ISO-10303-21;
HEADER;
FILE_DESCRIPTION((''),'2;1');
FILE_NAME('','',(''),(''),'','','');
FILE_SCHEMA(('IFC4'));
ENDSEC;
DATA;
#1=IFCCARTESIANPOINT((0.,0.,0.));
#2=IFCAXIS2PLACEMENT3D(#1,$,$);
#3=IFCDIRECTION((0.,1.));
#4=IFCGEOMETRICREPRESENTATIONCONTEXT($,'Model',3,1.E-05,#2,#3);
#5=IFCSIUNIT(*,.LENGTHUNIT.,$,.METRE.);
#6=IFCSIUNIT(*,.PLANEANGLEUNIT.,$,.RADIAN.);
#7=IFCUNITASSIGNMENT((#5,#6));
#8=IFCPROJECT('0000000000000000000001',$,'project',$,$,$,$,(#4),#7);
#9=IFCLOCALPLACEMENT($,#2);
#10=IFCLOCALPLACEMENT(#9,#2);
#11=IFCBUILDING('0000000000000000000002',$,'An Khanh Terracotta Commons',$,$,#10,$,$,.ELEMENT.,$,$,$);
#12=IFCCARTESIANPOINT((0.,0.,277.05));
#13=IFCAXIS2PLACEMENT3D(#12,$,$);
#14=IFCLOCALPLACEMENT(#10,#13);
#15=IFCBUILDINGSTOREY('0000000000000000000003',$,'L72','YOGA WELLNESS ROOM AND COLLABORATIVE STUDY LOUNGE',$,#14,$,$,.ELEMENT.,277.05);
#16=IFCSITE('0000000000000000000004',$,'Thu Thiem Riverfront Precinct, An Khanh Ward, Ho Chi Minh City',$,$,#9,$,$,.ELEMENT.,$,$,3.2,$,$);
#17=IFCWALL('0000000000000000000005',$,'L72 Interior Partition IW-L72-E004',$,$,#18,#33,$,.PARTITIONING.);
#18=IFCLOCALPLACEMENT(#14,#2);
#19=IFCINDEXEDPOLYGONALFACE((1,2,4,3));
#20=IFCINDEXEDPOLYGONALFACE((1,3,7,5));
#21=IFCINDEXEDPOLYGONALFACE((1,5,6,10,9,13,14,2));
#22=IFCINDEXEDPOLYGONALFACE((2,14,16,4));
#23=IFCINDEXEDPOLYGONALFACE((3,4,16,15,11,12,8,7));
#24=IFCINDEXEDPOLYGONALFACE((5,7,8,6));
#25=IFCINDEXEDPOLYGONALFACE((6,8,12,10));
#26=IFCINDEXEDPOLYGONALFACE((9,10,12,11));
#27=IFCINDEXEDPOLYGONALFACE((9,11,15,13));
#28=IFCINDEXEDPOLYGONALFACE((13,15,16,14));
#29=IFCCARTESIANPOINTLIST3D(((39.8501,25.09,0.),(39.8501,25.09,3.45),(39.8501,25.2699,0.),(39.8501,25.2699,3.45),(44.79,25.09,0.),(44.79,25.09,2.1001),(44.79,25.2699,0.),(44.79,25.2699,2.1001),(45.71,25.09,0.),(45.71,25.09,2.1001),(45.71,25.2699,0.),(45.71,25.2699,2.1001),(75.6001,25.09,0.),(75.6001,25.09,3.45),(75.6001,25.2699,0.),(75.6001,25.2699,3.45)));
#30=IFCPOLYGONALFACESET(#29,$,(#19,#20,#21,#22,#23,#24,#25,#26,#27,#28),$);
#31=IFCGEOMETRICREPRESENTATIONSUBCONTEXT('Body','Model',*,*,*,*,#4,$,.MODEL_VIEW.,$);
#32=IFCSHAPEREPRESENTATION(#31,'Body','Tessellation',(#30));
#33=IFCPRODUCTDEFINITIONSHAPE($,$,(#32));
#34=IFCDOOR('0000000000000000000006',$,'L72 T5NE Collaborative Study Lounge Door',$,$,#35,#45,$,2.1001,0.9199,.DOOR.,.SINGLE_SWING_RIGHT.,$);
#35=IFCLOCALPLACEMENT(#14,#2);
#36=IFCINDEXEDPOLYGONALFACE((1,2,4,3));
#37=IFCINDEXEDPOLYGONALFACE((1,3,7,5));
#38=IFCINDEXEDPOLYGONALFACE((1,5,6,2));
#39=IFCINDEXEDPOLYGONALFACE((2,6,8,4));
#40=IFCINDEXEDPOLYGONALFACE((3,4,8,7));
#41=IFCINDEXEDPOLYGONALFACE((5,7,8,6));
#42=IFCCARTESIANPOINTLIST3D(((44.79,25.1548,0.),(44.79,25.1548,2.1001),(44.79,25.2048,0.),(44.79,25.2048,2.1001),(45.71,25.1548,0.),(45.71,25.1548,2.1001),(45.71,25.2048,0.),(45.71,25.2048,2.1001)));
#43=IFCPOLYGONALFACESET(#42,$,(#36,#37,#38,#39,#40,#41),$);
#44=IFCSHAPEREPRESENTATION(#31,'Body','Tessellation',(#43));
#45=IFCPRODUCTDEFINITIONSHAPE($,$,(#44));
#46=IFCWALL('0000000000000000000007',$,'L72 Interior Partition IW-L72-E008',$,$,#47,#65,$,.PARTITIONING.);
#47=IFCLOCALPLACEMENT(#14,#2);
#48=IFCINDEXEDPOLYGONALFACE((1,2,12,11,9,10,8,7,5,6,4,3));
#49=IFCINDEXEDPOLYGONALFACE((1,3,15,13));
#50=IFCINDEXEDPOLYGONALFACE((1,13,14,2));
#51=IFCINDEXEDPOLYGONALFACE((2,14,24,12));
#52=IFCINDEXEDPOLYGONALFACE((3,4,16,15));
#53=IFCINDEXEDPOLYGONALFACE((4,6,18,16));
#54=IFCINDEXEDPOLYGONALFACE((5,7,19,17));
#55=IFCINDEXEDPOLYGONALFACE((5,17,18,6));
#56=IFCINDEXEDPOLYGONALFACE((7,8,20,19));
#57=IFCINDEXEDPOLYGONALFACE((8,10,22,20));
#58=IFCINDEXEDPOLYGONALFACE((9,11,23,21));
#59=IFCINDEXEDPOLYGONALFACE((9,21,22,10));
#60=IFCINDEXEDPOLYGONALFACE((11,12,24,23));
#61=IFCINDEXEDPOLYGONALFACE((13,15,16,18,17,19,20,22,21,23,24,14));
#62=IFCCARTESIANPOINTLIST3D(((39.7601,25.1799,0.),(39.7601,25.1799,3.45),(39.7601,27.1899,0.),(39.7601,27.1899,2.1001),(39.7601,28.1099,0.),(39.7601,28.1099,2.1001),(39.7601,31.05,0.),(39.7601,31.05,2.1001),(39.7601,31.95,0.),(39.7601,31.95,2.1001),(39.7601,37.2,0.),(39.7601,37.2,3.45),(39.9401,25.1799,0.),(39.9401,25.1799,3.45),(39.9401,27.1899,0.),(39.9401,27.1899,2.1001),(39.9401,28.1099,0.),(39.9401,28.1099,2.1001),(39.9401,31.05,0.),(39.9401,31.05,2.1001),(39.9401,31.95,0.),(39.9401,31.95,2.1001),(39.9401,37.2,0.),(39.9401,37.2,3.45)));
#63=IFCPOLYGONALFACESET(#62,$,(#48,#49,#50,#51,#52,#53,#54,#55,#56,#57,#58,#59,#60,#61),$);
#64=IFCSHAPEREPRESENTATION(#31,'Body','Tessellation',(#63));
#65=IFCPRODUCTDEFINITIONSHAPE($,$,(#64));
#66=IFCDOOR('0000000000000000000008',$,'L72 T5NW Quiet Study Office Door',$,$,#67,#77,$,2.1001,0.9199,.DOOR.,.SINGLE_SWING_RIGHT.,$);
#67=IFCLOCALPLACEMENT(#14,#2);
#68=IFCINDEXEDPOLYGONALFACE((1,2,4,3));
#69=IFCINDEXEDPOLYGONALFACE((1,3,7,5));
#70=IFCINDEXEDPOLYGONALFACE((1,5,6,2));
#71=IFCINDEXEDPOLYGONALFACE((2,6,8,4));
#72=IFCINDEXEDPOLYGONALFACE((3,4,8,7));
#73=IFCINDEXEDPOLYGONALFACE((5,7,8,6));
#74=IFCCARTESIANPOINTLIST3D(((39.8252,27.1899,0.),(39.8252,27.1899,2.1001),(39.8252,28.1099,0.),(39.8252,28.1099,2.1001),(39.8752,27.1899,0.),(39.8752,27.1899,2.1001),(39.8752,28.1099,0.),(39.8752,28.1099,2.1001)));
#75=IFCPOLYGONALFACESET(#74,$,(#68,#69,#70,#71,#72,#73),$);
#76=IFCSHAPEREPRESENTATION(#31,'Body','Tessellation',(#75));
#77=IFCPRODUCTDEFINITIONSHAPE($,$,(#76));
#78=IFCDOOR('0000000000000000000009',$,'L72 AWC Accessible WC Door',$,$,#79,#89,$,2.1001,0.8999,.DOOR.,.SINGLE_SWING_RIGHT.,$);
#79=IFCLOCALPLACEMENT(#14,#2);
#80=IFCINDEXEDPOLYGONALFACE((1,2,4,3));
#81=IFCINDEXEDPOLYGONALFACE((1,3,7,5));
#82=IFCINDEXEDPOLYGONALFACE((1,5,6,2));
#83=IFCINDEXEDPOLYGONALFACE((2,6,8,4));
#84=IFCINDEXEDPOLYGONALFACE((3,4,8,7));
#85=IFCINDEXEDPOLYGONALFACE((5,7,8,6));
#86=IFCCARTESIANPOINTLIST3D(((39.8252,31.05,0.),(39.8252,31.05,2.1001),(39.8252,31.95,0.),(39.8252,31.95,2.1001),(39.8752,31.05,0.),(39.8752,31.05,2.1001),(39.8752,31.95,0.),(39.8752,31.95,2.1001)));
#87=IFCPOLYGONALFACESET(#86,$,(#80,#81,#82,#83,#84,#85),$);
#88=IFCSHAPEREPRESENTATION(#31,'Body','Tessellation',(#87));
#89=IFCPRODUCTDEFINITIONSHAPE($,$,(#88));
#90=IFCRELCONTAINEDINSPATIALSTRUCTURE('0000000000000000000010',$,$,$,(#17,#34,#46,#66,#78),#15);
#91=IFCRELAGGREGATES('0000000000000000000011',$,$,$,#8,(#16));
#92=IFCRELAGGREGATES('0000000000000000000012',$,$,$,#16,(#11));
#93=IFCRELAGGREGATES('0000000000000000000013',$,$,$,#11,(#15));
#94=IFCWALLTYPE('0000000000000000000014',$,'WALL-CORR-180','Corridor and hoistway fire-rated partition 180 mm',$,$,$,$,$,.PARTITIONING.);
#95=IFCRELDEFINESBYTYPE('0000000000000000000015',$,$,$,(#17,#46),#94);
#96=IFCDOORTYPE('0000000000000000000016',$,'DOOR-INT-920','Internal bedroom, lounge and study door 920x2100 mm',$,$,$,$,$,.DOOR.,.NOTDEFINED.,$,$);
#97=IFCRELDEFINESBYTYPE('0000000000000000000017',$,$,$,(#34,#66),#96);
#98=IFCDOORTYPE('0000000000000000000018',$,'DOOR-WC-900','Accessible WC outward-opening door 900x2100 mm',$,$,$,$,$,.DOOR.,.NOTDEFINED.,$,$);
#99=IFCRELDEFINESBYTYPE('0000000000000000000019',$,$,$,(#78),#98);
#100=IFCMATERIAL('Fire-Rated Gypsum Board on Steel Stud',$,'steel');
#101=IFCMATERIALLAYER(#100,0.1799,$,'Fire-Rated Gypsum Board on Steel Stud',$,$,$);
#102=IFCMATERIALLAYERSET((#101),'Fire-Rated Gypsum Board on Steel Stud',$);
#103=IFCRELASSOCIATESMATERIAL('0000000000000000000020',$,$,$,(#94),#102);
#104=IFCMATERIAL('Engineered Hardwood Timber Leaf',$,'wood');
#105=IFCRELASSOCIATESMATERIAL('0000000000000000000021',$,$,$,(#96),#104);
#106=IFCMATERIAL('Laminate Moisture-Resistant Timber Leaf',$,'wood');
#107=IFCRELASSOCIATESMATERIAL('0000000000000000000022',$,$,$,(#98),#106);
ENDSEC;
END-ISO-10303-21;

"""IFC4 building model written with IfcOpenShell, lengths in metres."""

from ifc_helpers import new_model, si_unit, direction, frame, frame_2d, origin, place, context, subcontext, project, spatial, rectangle, extrude, material, layer, layer_set, type_object, element, fill, save


model = new_model("IFC4")

# Units and contexts
model_context = context("Model", 3, precision=1e-05, world=origin(), true_north=direction((0.0, 1.0)))
body_context = subcontext(model_context, "Body", "Model", "MODEL_VIEW")
ifc_project = project(units=[si_unit("LENGTHUNIT", "METRE"), si_unit("PLANEANGLEUNIT", "RADIAN")], contexts=[model_context])

# Site, building, storey
site_placement = place(None, origin())
site = spatial("IfcSite", under=ifc_project, at=site_placement, Name="Thu Thiem Riverfront Precinct, An Khanh Ward, Ho Chi Minh City", CompositionType="ELEMENT", RefElevation=3.2)
building_placement = place(site_placement, origin())
building = spatial("IfcBuilding", under=site, at=building_placement, Name="An Khanh Terracotta Commons", CompositionType="ELEMENT")
storey_placement = place(building_placement, frame((0.0, 0.0, 277.05)))
storey = spatial("IfcBuildingStorey", under=building, at=storey_placement, Name="L72", Description="YOGA WELLNESS ROOM AND COLLABORATIVE STUDY LOUNGE", CompositionType="ELEMENT", Elevation=277.05)

# Shared definitions
ifc_material_1 = material(Name="Fire-Rated Gypsum Board on Steel Stud", Category="steel")
ifc_layer = layer(ifc_material_1, 0.1799, Name="Fire-Rated Gypsum Board on Steel Stud")
ifc_layer_set = layer_set([ifc_layer], Name="Fire-Rated Gypsum Board on Steel Stud")
wall_type = type_object("IfcWallType", Name="WALL-CORR-180", Description="Corridor and hoistway fire-rated partition 180 mm", PredefinedType="PARTITIONING", material=ifc_layer_set)

# Wall, opening, door
ifc_material_2 = material(Name="Engineered Hardwood Timber Leaf", Category="wood")
door_type_1 = type_object("IfcDoorType", Name="DOOR-INT-920", Description="Internal bedroom, lounge and study door 920x2100 mm", OperationType="NOTDEFINED", PredefinedType="DOOR", material=ifc_material_2)
wall_1_placement = place(storey_placement, frame((39.8501, 25.1799, 0.0), z_axis=(0.0, 0.0, 1.0), x_axis=(1.0, 0.0, 0.0)))
wall_1 = element("IfcWall", 1, at=wall_1_placement, inside=storey, type_object=wall_type, Name="L72 Interior Partition IW-L72-E004", PredefinedType="PARTITIONING", context=body_context, shape_type="SweptSolid", body=[
    extrude(rectangle(XDim=35.75, YDim=0.1799, at=frame_2d((17.875, 0.0))), origin(), (0.0, 0.0, 1.0), 3.45),
])
opening_1_placement = place(wall_1_placement, frame((4.9399, 0.0, 0.0)))
opening_1 = element("IfcOpeningElement", 2, at=opening_1_placement, cuts=wall_1, PredefinedType="OPENING", context=body_context, shape_type="SweptSolid", body=[
    extrude(rectangle(XDim=0.9199, YDim=2.1001, at=frame_2d((0.46, 1.05))), frame((0.0, 0.0999, 0.0), z_axis=(0.0, -1.0, 0.0), x_axis=(1.0, 0.0, 0.0)), (0.0, 0.0, 1.0), 0.2),
])
door_1_placement = place(opening_1_placement, origin())
door_1 = element("IfcDoor", 3, at=door_1_placement, inside=storey, type_object=door_type_1, Name="L72 T5NE Collaborative Study Lounge Door", OperationType="SINGLE_SWING_RIGHT", OverallHeight=2.1001, OverallWidth=0.9199, PredefinedType="DOOR", context=body_context, shape_type="SweptSolid", body=[
    extrude(rectangle(XDim=0.9199, YDim=2.1001, at=frame_2d((0.46, 1.05))), frame((0.0, 0.0249, 0.0), z_axis=(0.0, -1.0, 0.0), x_axis=(1.0, 0.0, 0.0)), (0.0, 0.0, 1.0), 0.05),
])
fill(opening_1, door_1)

# Wall, openings, doors
wall_2_placement = place(storey_placement, frame((39.8501, 25.1799, 0.0), z_axis=(0.0, 0.0, 1.0), x_axis=(0.0, 1.0, 0.0)))
wall_2 = element("IfcWall", 4, at=wall_2_placement, inside=storey, type_object=wall_type, Name="L72 Interior Partition IW-L72-E008", PredefinedType="PARTITIONING", context=body_context, shape_type="SweptSolid", body=[
    extrude(rectangle(XDim=12.02, YDim=0.1799, at=frame_2d((6.01, 0.0))), origin(), (0.0, 0.0, 1.0), 3.45),
])
opening_2_placement = place(wall_2_placement, frame((5.8701, 0.0, 0.0)))
opening_2 = element("IfcOpeningElement", 5, at=opening_2_placement, cuts=wall_2, PredefinedType="OPENING", context=body_context, shape_type="SweptSolid", body=[
    extrude(rectangle(XDim=0.8999, YDim=2.1001, at=frame_2d((0.45, 1.05))), frame((0.0, 0.0999, 0.0), z_axis=(0.0, -1.0, 0.0), x_axis=(1.0, 0.0, 0.0)), (0.0, 0.0, 1.0), 0.2),
])
opening_3_placement = place(wall_2_placement, frame((2.01, 0.0, 0.0)))
opening_3 = element("IfcOpeningElement", 6, at=opening_3_placement, cuts=wall_2, PredefinedType="OPENING", context=body_context, shape_type="SweptSolid", body=[
    extrude(rectangle(XDim=0.9199, YDim=2.1001, at=frame_2d((0.46, 1.05))), frame((0.0, 0.0999, 0.0), z_axis=(0.0, -1.0, 0.0), x_axis=(1.0, 0.0, 0.0)), (0.0, 0.0, 1.0), 0.2),
])
door_2_placement = place(opening_3_placement, origin())
door_2 = element("IfcDoor", 7, at=door_2_placement, inside=storey, type_object=door_type_1, Name="L72 T5NW Quiet Study Office Door", OperationType="SINGLE_SWING_RIGHT", OverallHeight=2.1001, OverallWidth=0.9199, PredefinedType="DOOR", context=body_context, shape_type="SweptSolid", body=[
    extrude(rectangle(XDim=0.9199, YDim=2.1001, at=frame_2d((0.46, 1.05))), frame((0.0, 0.0249, 0.0), z_axis=(0.0, -1.0, 0.0), x_axis=(1.0, 0.0, 0.0)), (0.0, 0.0, 1.0), 0.05),
])
fill(opening_3, door_2)
ifc_material_3 = material(Name="Laminate Moisture-Resistant Timber Leaf", Category="wood")
door_type_2 = type_object("IfcDoorType", Name="DOOR-WC-900", Description="Accessible WC outward-opening door 900x2100 mm", OperationType="NOTDEFINED", PredefinedType="DOOR", material=ifc_material_3)
door_3_placement = place(opening_2_placement, origin())
door_3 = element("IfcDoor", 8, at=door_3_placement, inside=storey, type_object=door_type_2, Name="L72 AWC Accessible WC Door", OperationType="SINGLE_SWING_RIGHT", OverallHeight=2.1001, OverallWidth=0.8999, PredefinedType="DOOR", context=body_context, shape_type="SweptSolid", body=[
    extrude(rectangle(XDim=0.8999, YDim=2.1001, at=frame_2d((0.45, 1.05))), frame((0.0, 0.0249, 0.0), z_axis=(0.0, -1.0, 0.0), x_axis=(1.0, 0.0, 0.0)), (0.0, 0.0, 1.0), 0.05),
])
fill(opening_2, door_3)

save(model, "model.ifc")
